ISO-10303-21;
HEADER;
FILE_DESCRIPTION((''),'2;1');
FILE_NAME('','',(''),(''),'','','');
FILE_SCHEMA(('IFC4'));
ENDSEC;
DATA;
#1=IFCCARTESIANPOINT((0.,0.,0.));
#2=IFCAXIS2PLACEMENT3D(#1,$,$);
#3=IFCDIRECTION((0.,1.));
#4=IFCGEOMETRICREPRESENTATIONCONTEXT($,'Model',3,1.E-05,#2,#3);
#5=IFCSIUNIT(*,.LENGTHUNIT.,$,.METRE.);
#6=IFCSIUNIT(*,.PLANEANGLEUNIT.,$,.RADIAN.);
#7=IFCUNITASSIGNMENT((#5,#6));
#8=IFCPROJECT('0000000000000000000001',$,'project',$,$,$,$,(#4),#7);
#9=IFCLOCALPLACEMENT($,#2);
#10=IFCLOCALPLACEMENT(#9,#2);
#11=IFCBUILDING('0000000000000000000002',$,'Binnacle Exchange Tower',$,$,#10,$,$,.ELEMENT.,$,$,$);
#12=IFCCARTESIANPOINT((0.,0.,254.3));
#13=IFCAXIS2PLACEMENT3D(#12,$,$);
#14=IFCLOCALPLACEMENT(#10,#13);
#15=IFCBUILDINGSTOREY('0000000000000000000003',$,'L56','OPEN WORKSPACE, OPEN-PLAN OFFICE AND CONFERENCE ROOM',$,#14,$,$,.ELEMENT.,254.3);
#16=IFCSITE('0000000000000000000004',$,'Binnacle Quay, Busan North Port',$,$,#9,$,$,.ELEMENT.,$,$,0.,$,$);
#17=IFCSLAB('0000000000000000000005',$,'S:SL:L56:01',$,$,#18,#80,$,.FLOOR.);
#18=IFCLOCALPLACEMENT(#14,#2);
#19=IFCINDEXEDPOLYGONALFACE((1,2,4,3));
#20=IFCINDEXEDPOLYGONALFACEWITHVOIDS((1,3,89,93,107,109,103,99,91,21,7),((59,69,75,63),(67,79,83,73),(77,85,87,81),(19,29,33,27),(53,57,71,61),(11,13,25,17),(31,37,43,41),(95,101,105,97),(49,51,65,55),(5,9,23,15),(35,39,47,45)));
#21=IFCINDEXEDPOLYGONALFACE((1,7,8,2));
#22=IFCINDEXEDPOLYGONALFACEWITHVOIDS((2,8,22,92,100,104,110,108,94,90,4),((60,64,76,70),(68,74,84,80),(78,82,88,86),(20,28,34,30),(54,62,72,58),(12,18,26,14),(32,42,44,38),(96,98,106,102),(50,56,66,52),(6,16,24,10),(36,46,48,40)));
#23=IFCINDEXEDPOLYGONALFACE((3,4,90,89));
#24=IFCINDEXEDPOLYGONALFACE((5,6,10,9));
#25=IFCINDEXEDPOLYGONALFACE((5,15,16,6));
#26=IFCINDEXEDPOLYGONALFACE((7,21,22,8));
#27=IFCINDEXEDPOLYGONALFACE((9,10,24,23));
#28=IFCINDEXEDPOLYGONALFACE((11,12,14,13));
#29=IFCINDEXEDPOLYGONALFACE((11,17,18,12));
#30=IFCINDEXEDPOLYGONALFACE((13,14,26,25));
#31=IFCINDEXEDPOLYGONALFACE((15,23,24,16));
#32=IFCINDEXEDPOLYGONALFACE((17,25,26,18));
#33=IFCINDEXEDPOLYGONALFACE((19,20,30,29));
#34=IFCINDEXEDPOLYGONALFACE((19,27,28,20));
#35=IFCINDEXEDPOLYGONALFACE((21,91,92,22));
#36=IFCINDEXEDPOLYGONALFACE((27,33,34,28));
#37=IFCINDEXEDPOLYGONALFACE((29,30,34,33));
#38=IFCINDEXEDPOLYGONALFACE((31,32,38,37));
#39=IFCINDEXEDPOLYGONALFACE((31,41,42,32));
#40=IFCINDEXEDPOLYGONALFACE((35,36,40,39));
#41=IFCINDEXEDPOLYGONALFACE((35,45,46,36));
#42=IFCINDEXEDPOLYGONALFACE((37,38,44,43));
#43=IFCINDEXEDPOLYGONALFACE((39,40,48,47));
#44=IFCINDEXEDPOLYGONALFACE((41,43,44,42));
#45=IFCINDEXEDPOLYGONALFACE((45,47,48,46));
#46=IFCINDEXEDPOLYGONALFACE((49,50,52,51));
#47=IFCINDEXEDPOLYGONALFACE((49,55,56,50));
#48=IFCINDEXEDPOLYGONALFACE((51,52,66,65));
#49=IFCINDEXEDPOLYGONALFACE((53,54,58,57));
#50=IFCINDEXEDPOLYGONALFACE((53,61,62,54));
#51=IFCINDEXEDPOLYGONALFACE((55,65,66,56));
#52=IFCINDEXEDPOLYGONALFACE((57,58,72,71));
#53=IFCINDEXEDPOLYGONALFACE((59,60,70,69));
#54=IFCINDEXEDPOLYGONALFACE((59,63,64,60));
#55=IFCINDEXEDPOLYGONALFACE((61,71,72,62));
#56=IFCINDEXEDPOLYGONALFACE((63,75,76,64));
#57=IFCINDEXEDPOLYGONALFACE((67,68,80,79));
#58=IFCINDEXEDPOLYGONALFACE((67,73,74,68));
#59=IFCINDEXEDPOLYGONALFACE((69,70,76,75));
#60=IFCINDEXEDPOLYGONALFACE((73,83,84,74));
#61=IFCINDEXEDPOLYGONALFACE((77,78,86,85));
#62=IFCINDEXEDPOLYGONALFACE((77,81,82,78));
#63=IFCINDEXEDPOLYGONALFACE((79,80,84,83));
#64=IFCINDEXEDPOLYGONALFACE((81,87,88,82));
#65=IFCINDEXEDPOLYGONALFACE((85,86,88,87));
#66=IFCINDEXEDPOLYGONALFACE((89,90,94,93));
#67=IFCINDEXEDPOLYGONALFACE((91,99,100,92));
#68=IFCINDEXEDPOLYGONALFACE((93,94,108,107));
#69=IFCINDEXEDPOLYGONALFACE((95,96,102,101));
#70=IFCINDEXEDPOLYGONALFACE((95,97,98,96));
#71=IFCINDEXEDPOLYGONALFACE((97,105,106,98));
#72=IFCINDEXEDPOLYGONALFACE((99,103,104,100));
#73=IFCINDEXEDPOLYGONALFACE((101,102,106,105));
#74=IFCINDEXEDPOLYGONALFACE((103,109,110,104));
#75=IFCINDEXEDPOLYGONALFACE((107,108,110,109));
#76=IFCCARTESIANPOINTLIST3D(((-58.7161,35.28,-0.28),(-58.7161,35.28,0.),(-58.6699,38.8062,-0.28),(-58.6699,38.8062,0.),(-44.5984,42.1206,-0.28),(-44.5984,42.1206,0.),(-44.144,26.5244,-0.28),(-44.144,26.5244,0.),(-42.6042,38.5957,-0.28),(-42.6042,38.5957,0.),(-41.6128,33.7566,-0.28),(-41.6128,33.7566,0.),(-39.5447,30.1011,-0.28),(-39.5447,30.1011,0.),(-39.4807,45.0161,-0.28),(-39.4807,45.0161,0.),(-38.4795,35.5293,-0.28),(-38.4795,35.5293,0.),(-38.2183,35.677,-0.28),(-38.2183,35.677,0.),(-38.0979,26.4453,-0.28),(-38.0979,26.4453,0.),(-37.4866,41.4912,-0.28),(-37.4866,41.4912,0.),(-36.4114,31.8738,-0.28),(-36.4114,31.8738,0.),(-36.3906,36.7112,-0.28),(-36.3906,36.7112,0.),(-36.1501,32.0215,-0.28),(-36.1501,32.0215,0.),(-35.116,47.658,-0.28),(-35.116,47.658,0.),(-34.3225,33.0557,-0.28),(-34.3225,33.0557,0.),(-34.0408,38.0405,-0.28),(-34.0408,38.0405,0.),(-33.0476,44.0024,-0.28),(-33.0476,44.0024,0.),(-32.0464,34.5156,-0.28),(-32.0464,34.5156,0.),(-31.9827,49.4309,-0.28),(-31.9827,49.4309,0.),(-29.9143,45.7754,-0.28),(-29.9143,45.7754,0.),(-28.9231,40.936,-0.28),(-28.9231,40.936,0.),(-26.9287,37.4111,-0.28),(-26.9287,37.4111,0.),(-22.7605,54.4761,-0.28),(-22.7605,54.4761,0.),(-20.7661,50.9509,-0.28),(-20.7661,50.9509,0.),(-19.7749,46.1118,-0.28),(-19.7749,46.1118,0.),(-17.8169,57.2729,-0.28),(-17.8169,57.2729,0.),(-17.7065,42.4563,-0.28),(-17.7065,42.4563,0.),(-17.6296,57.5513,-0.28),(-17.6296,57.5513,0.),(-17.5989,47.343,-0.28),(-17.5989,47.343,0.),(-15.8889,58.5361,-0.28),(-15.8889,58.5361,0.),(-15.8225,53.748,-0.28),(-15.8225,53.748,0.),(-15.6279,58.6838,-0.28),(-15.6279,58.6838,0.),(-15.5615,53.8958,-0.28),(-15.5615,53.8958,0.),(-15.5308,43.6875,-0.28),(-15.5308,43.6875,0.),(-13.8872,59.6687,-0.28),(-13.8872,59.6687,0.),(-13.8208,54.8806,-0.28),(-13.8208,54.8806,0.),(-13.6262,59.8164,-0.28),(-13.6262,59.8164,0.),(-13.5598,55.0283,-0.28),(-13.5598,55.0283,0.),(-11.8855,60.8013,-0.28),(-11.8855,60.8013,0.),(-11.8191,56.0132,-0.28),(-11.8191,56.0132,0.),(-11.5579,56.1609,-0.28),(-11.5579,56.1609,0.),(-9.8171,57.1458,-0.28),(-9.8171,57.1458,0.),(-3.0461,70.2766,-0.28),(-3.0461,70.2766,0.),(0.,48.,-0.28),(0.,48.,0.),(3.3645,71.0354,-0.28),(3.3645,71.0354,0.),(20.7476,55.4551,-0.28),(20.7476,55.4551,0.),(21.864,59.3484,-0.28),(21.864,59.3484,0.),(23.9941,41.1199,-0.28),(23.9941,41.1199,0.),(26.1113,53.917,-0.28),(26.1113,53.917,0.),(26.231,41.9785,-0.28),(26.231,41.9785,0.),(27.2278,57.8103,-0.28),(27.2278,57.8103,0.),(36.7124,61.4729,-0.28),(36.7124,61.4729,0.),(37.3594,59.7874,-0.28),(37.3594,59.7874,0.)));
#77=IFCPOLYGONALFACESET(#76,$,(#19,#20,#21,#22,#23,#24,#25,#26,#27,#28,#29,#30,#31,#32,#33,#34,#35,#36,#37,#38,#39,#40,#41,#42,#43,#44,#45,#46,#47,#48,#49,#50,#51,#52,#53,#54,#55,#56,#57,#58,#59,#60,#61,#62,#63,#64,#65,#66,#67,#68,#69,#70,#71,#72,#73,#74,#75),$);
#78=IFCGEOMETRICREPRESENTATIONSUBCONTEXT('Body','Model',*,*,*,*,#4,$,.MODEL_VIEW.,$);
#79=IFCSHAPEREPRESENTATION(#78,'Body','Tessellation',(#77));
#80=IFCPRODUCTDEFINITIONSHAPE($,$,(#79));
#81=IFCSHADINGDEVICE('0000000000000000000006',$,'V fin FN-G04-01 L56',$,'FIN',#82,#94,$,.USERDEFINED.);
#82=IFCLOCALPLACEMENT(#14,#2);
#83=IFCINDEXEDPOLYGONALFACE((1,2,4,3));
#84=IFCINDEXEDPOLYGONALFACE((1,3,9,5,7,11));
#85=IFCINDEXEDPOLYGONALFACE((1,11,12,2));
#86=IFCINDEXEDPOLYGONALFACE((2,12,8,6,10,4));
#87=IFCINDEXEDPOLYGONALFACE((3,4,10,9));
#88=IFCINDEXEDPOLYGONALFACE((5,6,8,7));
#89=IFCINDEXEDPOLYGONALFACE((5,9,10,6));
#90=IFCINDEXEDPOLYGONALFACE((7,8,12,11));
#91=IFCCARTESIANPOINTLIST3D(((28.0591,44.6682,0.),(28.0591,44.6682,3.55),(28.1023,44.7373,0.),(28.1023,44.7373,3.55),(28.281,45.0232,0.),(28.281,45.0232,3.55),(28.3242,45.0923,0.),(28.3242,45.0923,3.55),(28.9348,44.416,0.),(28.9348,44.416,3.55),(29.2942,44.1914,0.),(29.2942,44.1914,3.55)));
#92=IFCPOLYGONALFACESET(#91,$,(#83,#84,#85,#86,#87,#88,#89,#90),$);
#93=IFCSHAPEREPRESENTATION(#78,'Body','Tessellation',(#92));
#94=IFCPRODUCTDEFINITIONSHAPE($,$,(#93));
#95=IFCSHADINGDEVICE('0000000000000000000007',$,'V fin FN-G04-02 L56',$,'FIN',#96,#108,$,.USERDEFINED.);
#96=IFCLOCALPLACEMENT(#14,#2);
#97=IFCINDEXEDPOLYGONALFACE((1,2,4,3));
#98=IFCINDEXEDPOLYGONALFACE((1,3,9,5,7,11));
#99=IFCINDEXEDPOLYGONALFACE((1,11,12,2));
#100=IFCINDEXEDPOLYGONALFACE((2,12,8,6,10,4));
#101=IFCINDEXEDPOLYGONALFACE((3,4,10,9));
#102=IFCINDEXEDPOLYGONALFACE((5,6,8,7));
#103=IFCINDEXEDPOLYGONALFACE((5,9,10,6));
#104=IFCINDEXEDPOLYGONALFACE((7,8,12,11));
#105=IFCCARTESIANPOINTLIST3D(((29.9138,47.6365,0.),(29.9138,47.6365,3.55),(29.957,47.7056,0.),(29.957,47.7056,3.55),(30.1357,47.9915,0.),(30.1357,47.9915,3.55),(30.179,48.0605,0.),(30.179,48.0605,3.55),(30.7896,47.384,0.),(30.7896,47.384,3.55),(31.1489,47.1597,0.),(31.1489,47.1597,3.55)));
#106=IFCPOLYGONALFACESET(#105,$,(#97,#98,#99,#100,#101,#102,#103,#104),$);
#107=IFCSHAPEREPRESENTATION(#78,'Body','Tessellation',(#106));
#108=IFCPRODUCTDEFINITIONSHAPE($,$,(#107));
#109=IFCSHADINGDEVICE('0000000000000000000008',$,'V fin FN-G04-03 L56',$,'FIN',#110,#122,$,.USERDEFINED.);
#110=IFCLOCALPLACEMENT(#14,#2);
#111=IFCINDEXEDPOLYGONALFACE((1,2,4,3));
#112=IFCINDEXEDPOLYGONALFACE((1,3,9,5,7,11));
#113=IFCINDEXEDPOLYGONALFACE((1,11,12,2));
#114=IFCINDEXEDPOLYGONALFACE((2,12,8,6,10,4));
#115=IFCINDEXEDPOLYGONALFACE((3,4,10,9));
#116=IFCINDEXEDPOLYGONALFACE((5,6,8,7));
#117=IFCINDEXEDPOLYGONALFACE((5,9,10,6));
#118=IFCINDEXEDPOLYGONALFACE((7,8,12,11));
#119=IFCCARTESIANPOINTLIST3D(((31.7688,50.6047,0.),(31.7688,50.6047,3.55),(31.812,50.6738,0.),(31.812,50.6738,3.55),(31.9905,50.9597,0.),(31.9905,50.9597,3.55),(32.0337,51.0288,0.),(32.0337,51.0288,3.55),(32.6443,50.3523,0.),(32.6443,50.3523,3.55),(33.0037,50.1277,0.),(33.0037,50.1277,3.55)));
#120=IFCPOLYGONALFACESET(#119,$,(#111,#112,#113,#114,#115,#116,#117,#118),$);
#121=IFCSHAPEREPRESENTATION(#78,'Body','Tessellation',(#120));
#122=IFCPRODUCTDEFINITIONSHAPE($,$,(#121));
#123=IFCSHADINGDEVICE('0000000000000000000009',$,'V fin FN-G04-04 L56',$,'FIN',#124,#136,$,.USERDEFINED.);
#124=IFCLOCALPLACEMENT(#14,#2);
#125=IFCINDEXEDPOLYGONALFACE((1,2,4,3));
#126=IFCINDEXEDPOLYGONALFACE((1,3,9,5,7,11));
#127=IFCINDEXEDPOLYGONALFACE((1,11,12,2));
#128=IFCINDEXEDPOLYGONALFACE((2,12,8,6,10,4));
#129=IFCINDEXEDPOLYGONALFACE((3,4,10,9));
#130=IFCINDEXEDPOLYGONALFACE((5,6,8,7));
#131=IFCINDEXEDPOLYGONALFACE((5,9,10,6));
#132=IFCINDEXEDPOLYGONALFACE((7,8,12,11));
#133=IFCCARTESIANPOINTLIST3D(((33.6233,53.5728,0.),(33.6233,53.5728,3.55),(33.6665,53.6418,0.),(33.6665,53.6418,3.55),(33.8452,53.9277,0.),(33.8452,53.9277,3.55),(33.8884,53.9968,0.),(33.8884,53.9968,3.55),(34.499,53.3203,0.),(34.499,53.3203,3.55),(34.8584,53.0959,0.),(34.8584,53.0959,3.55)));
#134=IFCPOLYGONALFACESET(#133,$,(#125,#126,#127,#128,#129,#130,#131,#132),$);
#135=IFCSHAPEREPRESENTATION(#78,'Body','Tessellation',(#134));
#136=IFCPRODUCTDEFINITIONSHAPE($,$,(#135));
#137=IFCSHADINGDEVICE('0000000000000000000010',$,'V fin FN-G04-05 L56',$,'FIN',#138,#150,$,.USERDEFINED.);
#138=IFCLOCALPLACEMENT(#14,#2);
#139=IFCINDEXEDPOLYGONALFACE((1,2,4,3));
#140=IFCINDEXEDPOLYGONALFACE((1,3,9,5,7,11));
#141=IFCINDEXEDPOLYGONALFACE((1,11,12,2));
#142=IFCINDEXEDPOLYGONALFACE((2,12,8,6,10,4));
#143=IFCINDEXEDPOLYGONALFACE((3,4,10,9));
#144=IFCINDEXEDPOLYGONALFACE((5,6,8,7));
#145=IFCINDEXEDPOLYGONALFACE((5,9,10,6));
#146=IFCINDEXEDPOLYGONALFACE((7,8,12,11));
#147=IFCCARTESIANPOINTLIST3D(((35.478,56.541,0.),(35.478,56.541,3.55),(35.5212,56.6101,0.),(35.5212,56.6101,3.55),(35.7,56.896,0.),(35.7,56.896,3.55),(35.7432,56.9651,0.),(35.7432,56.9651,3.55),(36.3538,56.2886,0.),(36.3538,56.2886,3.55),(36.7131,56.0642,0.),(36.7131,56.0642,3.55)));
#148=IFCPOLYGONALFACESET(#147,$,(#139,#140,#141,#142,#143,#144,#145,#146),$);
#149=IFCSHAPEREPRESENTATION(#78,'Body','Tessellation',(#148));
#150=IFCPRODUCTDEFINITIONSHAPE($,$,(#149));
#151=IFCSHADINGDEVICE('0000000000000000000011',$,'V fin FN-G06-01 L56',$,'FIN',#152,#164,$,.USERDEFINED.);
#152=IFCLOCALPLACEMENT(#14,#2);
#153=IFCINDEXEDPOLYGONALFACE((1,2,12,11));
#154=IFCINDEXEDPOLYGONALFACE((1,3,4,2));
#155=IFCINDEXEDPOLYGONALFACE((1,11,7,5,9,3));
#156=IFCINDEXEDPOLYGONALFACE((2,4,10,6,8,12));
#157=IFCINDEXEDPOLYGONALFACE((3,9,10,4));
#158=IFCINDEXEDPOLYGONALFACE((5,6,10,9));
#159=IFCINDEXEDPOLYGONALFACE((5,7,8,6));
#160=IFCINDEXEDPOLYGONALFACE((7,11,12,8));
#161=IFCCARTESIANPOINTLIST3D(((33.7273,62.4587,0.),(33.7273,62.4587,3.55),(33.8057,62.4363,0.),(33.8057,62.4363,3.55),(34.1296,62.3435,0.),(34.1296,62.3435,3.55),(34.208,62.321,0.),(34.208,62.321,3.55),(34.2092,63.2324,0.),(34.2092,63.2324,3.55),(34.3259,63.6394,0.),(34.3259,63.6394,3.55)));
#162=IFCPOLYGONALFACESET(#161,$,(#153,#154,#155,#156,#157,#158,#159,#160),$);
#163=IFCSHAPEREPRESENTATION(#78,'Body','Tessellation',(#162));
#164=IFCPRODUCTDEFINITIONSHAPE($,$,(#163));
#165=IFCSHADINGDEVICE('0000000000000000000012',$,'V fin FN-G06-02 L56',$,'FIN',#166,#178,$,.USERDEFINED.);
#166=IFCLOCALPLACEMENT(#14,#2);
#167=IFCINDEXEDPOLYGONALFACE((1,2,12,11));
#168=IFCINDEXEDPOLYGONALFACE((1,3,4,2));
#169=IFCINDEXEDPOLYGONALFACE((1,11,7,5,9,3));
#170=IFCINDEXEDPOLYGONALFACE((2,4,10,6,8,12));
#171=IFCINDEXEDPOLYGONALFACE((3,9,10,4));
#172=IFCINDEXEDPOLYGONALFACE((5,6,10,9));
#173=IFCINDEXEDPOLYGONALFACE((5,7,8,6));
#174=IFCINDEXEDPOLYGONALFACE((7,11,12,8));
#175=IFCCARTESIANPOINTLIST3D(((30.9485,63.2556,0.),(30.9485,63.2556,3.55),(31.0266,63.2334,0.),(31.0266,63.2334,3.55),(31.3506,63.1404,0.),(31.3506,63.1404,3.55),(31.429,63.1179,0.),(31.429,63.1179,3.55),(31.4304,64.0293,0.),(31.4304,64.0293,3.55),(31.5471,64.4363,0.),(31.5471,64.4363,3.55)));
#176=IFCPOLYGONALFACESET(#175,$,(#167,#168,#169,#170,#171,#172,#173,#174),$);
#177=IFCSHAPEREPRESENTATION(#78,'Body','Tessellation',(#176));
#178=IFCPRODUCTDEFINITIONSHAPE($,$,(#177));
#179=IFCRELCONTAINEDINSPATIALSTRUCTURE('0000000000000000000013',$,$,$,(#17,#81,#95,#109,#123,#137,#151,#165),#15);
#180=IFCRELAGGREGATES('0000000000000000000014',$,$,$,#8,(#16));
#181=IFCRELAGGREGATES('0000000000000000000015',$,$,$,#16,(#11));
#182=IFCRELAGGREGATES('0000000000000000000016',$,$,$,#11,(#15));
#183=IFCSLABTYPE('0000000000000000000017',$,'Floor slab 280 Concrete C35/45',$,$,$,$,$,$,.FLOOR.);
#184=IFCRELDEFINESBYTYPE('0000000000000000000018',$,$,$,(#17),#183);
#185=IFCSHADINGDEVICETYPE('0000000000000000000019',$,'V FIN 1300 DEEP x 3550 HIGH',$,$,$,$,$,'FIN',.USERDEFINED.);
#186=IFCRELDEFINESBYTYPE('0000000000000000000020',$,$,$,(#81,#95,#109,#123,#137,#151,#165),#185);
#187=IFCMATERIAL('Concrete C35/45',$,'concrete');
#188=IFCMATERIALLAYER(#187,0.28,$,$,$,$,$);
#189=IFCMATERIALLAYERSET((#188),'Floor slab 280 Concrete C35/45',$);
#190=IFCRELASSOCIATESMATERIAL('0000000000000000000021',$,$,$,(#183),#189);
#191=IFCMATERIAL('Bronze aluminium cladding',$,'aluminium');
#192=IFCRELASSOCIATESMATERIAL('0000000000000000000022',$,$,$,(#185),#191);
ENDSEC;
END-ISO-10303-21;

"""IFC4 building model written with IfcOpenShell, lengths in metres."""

from ifc_helpers import new_model, si_unit, direction, frame, origin, place, context, subcontext, project, spatial, polyline, outline, extrude, material, layer, layer_set, type_object, element, save


model = new_model("IFC4")

# Units and contexts
model_context = context("Model", 3, precision=1e-05, world=origin(), true_north=direction((0.0, 1.0)))
body_context = subcontext(model_context, "Body", "Model", "MODEL_VIEW")
ifc_project = project(units=[si_unit("LENGTHUNIT", "METRE"), si_unit("PLANEANGLEUNIT", "RADIAN")], contexts=[model_context])

# Site, building, storey
site_placement = place(None, origin())
site = spatial("IfcSite", under=ifc_project, at=site_placement, Name="Binnacle Quay, Busan North Port", CompositionType="ELEMENT", RefElevation=0.0)
building_placement = place(site_placement, origin())
building = spatial("IfcBuilding", under=site, at=building_placement, Name="Binnacle Exchange Tower", CompositionType="ELEMENT")
storey_placement = place(building_placement, frame((0.0, 0.0, 254.3)))
storey = spatial("IfcBuildingStorey", under=building, at=storey_placement, Name="L56", Description="OPEN WORKSPACE, OPEN-PLAN OFFICE AND CONFERENCE ROOM", CompositionType="ELEMENT", Elevation=254.3)

# Slab
ifc_material_1 = material(Name="Concrete C35/45", Category="concrete")
ifc_layer = layer(ifc_material_1, 0.28)
ifc_layer_set = layer_set([ifc_layer], Name="Floor slab 280 Concrete C35/45")
slab_type = type_object("IfcSlabType", Name="Floor slab 280 Concrete C35/45", PredefinedType="FLOOR", material=ifc_layer_set)
slab_placement = place(storey_placement, frame((0.0, 0.0, -0.28)))
element("IfcSlab", 1, at=slab_placement, inside=storey, type_object=slab_type, Name="S:SL:L56:01", PredefinedType="FLOOR", context=body_context, shape_type="SweptSolid", body=[
    extrude(outline(polyline([(-58.7161, 35.28), (-58.6699, 38.8062), (-3.0461, 70.2766), (3.3645, 71.0354), (36.7124, 61.4729), (37.3594, 59.7874), (26.231, 41.9785), (23.9941, 41.1199), (0.0, 48.0), (-38.0979, 26.4453), (-44.144, 26.5244), (-58.7161, 35.28)]), holes=[polyline([(-38.4795, 35.5293), (-41.6128, 33.7566), (-39.5447, 30.1011), (-36.4114, 31.8738), (-38.4795, 35.5293)]), polyline([(-36.3906, 36.7112), (-38.2183, 35.677), (-36.1501, 32.0215), (-34.3225, 33.0557), (-36.3906, 36.7112)]), polyline([(-32.0464, 34.5156), (-26.9287, 37.4111), (-28.9231, 40.936), (-34.0408, 38.0405), (-32.0464, 34.5156)]), polyline([(-37.4866, 41.4912), (-39.4807, 45.0161), (-44.5984, 42.1206), (-42.6042, 38.5957), (-37.4866, 41.4912)]), polyline([(-29.9143, 45.7754), (-31.9827, 49.4309), (-35.116, 47.658), (-33.0476, 44.0024), (-29.9143, 45.7754)]), polyline([(-17.8169, 57.2729), (-22.7605, 54.4761), (-20.7661, 50.9509), (-15.8225, 53.748), (-17.8169, 57.2729)]), polyline([(-15.5308, 43.6875), (-17.5989, 47.343), (-19.7749, 46.1118), (-17.7065, 42.4563), (-15.5308, 43.6875)]), polyline([(-13.8208, 54.8806), (-15.8889, 58.5361), (-17.6296, 57.5513), (-15.5615, 53.8958), (-13.8208, 54.8806)]), polyline([(27.2278, 57.8103), (21.864, 59.3484), (20.7476, 55.4551), (26.1113, 53.917), (27.2278, 57.8103)]), polyline([(-11.8191, 56.0132), (-13.8872, 59.6687), (-15.6279, 58.6838), (-13.5598, 55.0283), (-11.8191, 56.0132)]), polyline([(-9.8171, 57.1458), (-11.8855, 60.8013), (-13.6262, 59.8164), (-11.5579, 56.1609), (-9.8171, 57.1458)])]), origin(), (0.0, 0.0, 1.0), 0.28),
])

# Shading devices
ifc_material_2 = material(Name="Bronze aluminium cladding", Category="aluminium")
shading_device_type = type_object("IfcShadingDeviceType", Name="V FIN 1300 DEEP x 3550 HIGH", ElementType="FIN", PredefinedType="USERDEFINED", material=ifc_material_2)
shading_device_1_placement = place(storey_placement, origin())
element("IfcShadingDevice", 2, at=shading_device_1_placement, inside=storey, type_object=shading_device_type, Name="V fin FN-G04-01 L56", ObjectType="FIN", PredefinedType="USERDEFINED", context=body_context, shape_type="SweptSolid", body=[
    extrude(outline(polyline([(28.0591, 44.6682), (29.2942, 44.1914), (28.3242, 45.0923), (28.281, 45.0232), (28.9348, 44.416), (28.1023, 44.7373), (28.0591, 44.6682)])), origin(), (0.0, 0.0, 1.0), 3.55),
])
shading_device_2_placement = place(storey_placement, origin())
element("IfcShadingDevice", 3, at=shading_device_2_placement, inside=storey, type_object=shading_device_type, Name="V fin FN-G04-02 L56", ObjectType="FIN", PredefinedType="USERDEFINED", context=body_context, shape_type="SweptSolid", body=[
    extrude(outline(polyline([(29.9138, 47.6365), (31.1489, 47.1597), (30.179, 48.0605), (30.1357, 47.9915), (30.7896, 47.384), (29.957, 47.7056), (29.9138, 47.6365)])), origin(), (0.0, 0.0, 1.0), 3.55),
])
shading_device_3_placement = place(storey_placement, origin())
element("IfcShadingDevice", 4, at=shading_device_3_placement, inside=storey, type_object=shading_device_type, Name="V fin FN-G04-03 L56", ObjectType="FIN", PredefinedType="USERDEFINED", context=body_context, shape_type="SweptSolid", body=[
    extrude(outline(polyline([(31.7688, 50.6047), (33.0037, 50.1277), (32.0337, 51.0288), (31.9905, 50.9597), (32.6443, 50.3523), (31.812, 50.6738), (31.7688, 50.6047)])), origin(), (0.0, 0.0, 1.0), 3.55),
])
shading_device_4_placement = place(storey_placement, origin())
element("IfcShadingDevice", 5, at=shading_device_4_placement, inside=storey, type_object=shading_device_type, Name="V fin FN-G04-04 L56", ObjectType="FIN", PredefinedType="USERDEFINED", context=body_context, shape_type="SweptSolid", body=[
    extrude(outline(polyline([(33.6233, 53.5728), (34.8584, 53.0959), (33.8884, 53.9968), (33.8452, 53.9277), (34.499, 53.3203), (33.6665, 53.6418), (33.6233, 53.5728)])), origin(), (0.0, 0.0, 1.0), 3.55),
])
shading_device_5_placement = place(storey_placement, origin())
element("IfcShadingDevice", 6, at=shading_device_5_placement, inside=storey, type_object=shading_device_type, Name="V fin FN-G04-05 L56", ObjectType="FIN", PredefinedType="USERDEFINED", context=body_context, shape_type="SweptSolid", body=[
    extrude(outline(polyline([(35.478, 56.541), (36.7131, 56.0642), (35.7432, 56.9651), (35.7, 56.896), (36.3538, 56.2886), (35.5212, 56.6101), (35.478, 56.541)])), origin(), (0.0, 0.0, 1.0), 3.55),
])
shading_device_6_placement = place(storey_placement, origin())
element("IfcShadingDevice", 7, at=shading_device_6_placement, inside=storey, type_object=shading_device_type, Name="V fin FN-G06-01 L56", ObjectType="FIN", PredefinedType="USERDEFINED", context=body_context, shape_type="SweptSolid", body=[
    extrude(outline(polyline([(34.208, 62.321), (34.3259, 63.6394), (33.7273, 62.4587), (33.8057, 62.4363), (34.2092, 63.2324), (34.1296, 62.3435), (34.208, 62.321)])), origin(), (0.0, 0.0, 1.0), 3.55),
])
shading_device_7_placement = place(storey_placement, origin())
element("IfcShadingDevice", 8, at=shading_device_7_placement, inside=storey, type_object=shading_device_type, Name="V fin FN-G06-02 L56", ObjectType="FIN", PredefinedType="USERDEFINED", context=body_context, shape_type="SweptSolid", body=[
    extrude(outline(polyline([(31.429, 63.1179), (31.5471, 64.4363), (30.9485, 63.2556), (31.0266, 63.2334), (31.4304, 64.0293), (31.3506, 63.1404), (31.429, 63.1179)])), origin(), (0.0, 0.0, 1.0), 3.55),
])

save(model, "model.ifc")
